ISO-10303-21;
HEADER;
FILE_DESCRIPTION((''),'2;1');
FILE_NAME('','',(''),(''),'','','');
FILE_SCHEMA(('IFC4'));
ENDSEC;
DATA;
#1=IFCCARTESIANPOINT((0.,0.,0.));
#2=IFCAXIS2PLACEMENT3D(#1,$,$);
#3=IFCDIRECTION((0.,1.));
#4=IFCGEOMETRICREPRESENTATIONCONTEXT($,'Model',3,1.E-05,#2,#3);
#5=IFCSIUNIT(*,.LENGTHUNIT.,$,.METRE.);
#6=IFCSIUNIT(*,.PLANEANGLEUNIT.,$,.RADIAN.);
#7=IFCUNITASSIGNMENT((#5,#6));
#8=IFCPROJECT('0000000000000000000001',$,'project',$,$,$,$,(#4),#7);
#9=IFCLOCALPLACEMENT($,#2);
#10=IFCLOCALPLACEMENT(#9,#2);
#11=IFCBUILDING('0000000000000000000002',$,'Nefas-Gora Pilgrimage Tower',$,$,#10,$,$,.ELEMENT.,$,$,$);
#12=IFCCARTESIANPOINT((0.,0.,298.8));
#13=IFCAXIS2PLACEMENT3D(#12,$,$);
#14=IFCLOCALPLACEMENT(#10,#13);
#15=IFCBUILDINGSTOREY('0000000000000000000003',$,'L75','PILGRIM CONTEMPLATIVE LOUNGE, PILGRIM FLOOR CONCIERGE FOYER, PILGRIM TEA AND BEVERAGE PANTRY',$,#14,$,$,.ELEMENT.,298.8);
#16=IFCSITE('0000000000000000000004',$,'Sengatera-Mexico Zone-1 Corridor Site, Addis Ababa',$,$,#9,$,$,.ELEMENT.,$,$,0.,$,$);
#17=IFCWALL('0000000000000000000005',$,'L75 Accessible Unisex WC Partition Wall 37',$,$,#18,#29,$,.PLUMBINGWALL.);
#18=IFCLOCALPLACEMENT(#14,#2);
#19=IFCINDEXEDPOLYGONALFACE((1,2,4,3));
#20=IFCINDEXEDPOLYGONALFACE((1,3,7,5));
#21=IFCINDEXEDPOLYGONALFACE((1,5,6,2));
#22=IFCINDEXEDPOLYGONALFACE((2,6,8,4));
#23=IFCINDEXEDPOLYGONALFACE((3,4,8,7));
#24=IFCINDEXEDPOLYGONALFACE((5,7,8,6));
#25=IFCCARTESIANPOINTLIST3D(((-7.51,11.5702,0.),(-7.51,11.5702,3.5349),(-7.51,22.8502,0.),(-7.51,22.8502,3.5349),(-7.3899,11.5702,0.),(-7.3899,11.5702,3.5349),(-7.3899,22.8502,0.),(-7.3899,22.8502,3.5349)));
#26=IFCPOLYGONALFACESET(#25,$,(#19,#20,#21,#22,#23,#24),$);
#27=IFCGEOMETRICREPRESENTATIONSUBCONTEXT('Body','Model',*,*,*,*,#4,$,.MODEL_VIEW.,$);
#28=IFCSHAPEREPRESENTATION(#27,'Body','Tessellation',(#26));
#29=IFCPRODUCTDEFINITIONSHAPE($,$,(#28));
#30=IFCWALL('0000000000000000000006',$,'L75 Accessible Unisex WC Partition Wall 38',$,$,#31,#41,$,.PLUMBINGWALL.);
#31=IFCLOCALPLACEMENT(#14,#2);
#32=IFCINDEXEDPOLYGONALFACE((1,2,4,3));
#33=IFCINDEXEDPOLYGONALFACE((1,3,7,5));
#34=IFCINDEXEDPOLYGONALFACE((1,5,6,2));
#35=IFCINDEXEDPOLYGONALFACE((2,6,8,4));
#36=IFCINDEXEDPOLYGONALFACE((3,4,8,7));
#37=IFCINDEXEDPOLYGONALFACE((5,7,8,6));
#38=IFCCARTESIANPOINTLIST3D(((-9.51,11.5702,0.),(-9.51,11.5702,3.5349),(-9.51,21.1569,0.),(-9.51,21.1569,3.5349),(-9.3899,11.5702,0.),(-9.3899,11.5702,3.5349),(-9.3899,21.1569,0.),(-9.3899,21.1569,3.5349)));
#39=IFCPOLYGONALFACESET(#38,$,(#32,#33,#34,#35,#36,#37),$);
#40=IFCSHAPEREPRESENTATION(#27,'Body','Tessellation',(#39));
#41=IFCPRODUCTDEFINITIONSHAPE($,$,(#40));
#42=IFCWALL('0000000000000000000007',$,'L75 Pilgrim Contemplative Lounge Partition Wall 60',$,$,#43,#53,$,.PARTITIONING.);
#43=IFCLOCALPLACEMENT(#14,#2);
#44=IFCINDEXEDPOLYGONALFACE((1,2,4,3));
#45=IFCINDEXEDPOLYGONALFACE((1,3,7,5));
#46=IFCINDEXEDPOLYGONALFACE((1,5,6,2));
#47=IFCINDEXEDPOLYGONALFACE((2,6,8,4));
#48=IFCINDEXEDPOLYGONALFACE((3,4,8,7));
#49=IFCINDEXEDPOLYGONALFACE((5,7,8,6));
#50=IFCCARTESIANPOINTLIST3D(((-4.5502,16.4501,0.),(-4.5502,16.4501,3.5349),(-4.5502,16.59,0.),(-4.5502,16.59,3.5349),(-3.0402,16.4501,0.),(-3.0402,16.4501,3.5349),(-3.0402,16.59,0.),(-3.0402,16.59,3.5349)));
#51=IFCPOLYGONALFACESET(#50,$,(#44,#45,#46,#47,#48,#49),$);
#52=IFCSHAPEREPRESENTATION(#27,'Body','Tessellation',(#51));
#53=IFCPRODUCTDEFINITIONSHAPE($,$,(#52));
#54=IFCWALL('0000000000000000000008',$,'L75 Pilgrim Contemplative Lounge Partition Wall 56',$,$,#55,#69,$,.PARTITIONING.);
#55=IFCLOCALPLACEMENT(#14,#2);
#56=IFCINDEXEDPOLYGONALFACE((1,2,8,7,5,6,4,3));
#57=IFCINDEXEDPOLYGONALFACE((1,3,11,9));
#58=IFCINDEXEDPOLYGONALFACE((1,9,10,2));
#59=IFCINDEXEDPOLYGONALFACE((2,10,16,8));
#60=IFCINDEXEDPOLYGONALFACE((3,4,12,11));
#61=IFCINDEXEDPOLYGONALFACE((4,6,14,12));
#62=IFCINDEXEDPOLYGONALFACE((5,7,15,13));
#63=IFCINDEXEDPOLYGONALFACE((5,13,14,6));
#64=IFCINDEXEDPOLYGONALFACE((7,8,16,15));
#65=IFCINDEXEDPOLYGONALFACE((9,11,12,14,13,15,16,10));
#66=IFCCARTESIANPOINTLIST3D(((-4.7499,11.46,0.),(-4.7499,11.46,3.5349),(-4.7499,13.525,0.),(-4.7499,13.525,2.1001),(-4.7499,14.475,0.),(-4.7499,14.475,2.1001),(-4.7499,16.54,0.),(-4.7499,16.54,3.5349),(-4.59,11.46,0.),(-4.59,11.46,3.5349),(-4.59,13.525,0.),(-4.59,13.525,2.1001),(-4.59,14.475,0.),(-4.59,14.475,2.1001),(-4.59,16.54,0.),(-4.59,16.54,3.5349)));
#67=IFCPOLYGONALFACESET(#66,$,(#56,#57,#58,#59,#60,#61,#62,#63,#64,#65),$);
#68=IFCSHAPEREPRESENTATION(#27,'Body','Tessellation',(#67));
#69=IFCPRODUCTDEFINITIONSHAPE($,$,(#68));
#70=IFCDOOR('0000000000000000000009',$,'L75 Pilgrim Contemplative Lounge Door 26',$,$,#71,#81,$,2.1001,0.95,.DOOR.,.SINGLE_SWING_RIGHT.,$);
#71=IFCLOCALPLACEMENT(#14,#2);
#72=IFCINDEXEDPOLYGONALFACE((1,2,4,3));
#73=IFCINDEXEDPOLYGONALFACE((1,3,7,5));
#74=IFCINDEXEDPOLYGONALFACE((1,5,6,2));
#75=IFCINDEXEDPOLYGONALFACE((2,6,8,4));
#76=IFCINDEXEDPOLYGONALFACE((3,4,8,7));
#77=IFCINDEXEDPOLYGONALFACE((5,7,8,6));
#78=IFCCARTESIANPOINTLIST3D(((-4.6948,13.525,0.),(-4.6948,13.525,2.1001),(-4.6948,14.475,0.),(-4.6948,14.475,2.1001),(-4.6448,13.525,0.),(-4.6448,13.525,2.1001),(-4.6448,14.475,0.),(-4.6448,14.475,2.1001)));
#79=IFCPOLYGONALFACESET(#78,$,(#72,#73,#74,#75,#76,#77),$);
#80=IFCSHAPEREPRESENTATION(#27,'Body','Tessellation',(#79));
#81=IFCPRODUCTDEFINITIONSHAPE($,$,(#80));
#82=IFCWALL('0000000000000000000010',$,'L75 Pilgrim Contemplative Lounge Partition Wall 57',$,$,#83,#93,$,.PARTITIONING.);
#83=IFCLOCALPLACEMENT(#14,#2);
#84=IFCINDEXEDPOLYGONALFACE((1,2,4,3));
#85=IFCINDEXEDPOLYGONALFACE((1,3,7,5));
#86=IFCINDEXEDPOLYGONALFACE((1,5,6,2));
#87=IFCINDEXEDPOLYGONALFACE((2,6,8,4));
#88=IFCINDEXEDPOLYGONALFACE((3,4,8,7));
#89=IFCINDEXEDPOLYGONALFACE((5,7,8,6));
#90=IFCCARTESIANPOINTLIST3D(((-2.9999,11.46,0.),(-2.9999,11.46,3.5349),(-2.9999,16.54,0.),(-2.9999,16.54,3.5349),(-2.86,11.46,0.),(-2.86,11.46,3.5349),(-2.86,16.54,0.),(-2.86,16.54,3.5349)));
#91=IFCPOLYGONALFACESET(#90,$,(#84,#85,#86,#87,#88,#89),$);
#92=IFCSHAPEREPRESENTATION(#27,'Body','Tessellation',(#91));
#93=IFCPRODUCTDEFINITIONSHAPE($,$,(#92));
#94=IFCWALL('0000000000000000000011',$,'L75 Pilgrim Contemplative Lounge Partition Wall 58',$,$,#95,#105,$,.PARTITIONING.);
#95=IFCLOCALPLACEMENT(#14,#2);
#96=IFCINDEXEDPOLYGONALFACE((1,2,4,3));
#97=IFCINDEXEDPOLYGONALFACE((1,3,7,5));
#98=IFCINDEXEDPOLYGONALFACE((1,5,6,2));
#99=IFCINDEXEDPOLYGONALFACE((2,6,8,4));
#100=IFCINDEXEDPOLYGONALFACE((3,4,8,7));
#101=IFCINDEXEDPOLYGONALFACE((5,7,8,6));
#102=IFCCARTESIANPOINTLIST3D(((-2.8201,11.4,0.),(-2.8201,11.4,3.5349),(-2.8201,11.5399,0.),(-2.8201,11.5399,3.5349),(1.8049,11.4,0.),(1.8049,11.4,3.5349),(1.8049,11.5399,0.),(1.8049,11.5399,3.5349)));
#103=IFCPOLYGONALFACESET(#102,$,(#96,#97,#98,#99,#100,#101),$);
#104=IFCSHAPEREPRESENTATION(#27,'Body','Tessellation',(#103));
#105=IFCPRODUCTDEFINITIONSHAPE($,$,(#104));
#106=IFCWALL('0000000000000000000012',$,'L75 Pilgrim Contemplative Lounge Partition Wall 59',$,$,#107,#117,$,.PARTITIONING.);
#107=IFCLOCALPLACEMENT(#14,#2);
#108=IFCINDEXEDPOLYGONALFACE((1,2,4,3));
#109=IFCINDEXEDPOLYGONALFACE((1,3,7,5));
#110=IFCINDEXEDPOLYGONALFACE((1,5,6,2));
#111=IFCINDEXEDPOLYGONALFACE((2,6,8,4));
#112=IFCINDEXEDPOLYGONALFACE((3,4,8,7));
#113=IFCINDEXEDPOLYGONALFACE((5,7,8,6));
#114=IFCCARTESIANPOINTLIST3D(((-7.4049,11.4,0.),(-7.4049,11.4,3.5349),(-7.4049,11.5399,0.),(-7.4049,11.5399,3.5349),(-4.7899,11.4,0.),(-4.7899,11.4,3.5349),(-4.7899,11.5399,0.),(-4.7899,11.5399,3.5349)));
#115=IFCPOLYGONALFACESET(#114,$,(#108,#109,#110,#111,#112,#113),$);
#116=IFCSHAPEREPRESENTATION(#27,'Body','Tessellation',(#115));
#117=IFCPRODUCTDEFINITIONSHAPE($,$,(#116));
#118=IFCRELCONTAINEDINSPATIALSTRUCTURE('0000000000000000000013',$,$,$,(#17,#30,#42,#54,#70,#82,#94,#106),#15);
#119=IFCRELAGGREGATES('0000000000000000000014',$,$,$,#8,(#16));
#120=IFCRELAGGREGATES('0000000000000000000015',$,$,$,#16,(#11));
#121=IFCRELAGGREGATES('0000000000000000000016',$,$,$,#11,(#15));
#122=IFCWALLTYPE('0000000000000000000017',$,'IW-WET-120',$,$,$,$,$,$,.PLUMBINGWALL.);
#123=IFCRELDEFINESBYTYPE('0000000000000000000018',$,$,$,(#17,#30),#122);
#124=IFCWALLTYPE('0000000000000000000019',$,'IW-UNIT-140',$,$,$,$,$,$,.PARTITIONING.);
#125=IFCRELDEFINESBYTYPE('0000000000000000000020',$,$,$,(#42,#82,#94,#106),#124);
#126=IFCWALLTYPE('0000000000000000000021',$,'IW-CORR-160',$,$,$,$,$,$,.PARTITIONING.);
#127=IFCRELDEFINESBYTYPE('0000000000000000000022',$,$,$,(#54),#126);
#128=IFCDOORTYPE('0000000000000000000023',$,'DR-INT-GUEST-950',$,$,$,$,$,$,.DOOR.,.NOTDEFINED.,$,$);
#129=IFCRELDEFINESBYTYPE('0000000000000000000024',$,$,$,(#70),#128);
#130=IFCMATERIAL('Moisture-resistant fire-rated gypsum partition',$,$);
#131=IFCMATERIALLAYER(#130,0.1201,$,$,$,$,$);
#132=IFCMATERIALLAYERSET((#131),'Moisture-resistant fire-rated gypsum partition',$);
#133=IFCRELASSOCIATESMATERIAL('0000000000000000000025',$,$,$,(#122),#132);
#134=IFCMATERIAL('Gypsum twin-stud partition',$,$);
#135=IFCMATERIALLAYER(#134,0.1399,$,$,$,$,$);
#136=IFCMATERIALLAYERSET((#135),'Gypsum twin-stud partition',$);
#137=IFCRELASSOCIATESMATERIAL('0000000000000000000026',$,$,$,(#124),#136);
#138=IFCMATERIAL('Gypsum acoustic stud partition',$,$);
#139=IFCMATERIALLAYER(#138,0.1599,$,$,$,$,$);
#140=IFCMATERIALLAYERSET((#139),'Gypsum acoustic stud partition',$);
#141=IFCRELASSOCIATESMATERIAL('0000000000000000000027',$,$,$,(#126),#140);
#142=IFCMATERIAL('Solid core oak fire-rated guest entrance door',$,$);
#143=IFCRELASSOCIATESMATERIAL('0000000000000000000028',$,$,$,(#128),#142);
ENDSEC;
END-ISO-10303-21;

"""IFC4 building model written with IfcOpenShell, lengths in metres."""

from ifc_helpers import new_model, si_unit, direction, frame, frame_2d, origin, place, context, subcontext, project, spatial, rectangle, extrude, source, transform, mapped, material, layer, layer_set, type_object, element, fill, save


model = new_model("IFC4")

# Units and contexts
model_context = context("Model", 3, precision=1e-05, world=origin(), true_north=direction((0.0, 1.0)))
body_context = subcontext(model_context, "Body", "Model", "MODEL_VIEW")
ifc_project = project(units=[si_unit("LENGTHUNIT", "METRE"), si_unit("PLANEANGLEUNIT", "RADIAN")], contexts=[model_context])

# Site, building, storey
site_placement = place(None, origin())
site = spatial("IfcSite", under=ifc_project, at=site_placement, Name="Sengatera-Mexico Zone-1 Corridor Site, Addis Ababa", CompositionType="ELEMENT", RefElevation=0.0)
building_placement = place(site_placement, origin())
building = spatial("IfcBuilding", under=site, at=building_placement, Name="Nefas-Gora Pilgrimage Tower", CompositionType="ELEMENT")
storey_placement = place(building_placement, frame((0.0, 0.0, 298.8)))
storey = spatial("IfcBuildingStorey", under=building, at=storey_placement, Name="L75", Description="PILGRIM CONTEMPLATIVE LOUNGE, PILGRIM FLOOR CONCIERGE FOYER, PILGRIM TEA AND BEVERAGE PANTRY", CompositionType="ELEMENT", Elevation=298.8)

# Shared definitions
ifc_material_1 = material(Name="Moisture-resistant fire-rated gypsum partition")
ifc_layer_1 = layer(ifc_material_1, 0.1201)
ifc_layer_set_1 = layer_set([ifc_layer_1], Name="Moisture-resistant fire-rated gypsum partition")
wall_type_1 = type_object("IfcWallType", Name="IW-WET-120", PredefinedType="PLUMBINGWALL", material=ifc_layer_set_1)

# Walls
shared_shape_1 = source(origin(), body_context, "Body", "SweptSolid", [
    extrude(rectangle(XDim=11.28, YDim=0.1201, at=frame_2d((5.6401, 0.0))), origin(), (0.0, 0.0, 1.0), 3.5349),
])
wall_1_placement = place(storey_placement, frame((-7.45, 11.5701, 0.0), z_axis=(0.0, 0.0, 1.0), x_axis=(0.0, 1.0, 0.0)))
element("IfcWall", 1, at=wall_1_placement, inside=storey, type_object=wall_type_1, Name="L75 Accessible Unisex WC Partition Wall 37", PredefinedType="PLUMBINGWALL", context=body_context, shape_type="MappedRepresentation", body=[
    mapped(shared_shape_1, transform((0.0, 0.0, 0.0), x_axis=(1.0, 0.0, 0.0), y_axis=(0.0, 1.0, 0.0), z_axis=(0.0, 0.0, 1.0), scale=1.0)),
])
shared_shape_2 = source(origin(), body_context, "Body", "SweptSolid", [
    extrude(rectangle(XDim=9.5867, YDim=0.1201, at=frame_2d((4.7935, 0.0))), origin(), (0.0, 0.0, 1.0), 3.5349),
])
wall_2_placement = place(storey_placement, frame((-9.45, 11.5701, 0.0), z_axis=(0.0, 0.0, 1.0), x_axis=(0.0, 1.0, 0.0)))
element("IfcWall", 2, at=wall_2_placement, inside=storey, type_object=wall_type_1, Name="L75 Accessible Unisex WC Partition Wall 38", PredefinedType="PLUMBINGWALL", context=body_context, shape_type="MappedRepresentation", body=[
    mapped(shared_shape_2, transform((0.0, 0.0, 0.0), x_axis=(1.0, 0.0, 0.0), y_axis=(0.0, 1.0, 0.0), z_axis=(0.0, 0.0, 1.0), scale=1.0)),
])
ifc_material_2 = material(Name="Gypsum twin-stud partition")
ifc_layer_2 = layer(ifc_material_2, 0.1399)
ifc_layer_set_2 = layer_set([ifc_layer_2], Name="Gypsum twin-stud partition")
wall_type_2 = type_object("IfcWallType", Name="IW-UNIT-140", PredefinedType="PARTITIONING", material=ifc_layer_set_2)
shared_shape_3 = source(origin(), body_context, "Body", "SweptSolid", [
    extrude(rectangle(XDim=1.51, YDim=0.1399, at=frame_2d((0.7549, 0.0))), origin(), (0.0, 0.0, 1.0), 3.5349),
])
wall_3_placement = place(storey_placement, frame((-4.55, 16.52, 0.0), z_axis=(0.0, 0.0, 1.0), x_axis=(1.0, 0.0, 0.0)))
element("IfcWall", 3, at=wall_3_placement, inside=storey, type_object=wall_type_2, Name="L75 Pilgrim Contemplative Lounge Partition Wall 60", PredefinedType="PARTITIONING", context=body_context, shape_type="MappedRepresentation", body=[
    mapped(shared_shape_3, transform((0.0, 0.0, 0.0), x_axis=(1.0, 0.0, 0.0), y_axis=(0.0, 1.0, 0.0), z_axis=(0.0, 0.0, 1.0), scale=1.0)),
])

# Wall, opening, door
ifc_material_3 = material(Name="Gypsum acoustic stud partition")
ifc_layer_3 = layer(ifc_material_3, 0.1599)
ifc_layer_set_3 = layer_set([ifc_layer_3], Name="Gypsum acoustic stud partition")
wall_type_3 = type_object("IfcWallType", Name="IW-CORR-160", PredefinedType="PARTITIONING", material=ifc_layer_set_3)
shared_shape_4 = source(origin(), body_context, "Body", "SweptSolid", [
    extrude(rectangle(XDim=5.0801, YDim=0.1599, at=frame_2d((2.54, 0.0))), origin(), (0.0, 0.0, 1.0), 3.5349),
])
wall_4_placement = place(storey_placement, frame((-4.6699, 11.46, 0.0), z_axis=(0.0, 0.0, 1.0), x_axis=(0.0, 1.0, 0.0)))
wall_4 = element("IfcWall", 4, at=wall_4_placement, inside=storey, type_object=wall_type_3, Name="L75 Pilgrim Contemplative Lounge Partition Wall 56", PredefinedType="PARTITIONING", context=body_context, shape_type="MappedRepresentation", body=[
    mapped(shared_shape_4, transform((0.0, 0.0, 0.0), x_axis=(1.0, 0.0, 0.0), y_axis=(0.0, 1.0, 0.0), z_axis=(0.0, 0.0, 1.0), scale=1.0)),
])
opening_1_placement = place(wall_4_placement, frame((2.0649, 0.0, 0.0)))
opening_1 = element("IfcOpeningElement", 5, at=opening_1_placement, cuts=wall_4, PredefinedType="OPENING", context=body_context, shape_type="SweptSolid", body=[
    extrude(rectangle(XDim=0.95, YDim=2.1001, at=frame_2d((0.4751, 1.05))), frame((0.0, 0.0898, 0.0), z_axis=(0.0, -1.0, 0.0), x_axis=(1.0, 0.0, 0.0)), (0.0, 0.0, 1.0), 0.1799),
])
ifc_material_4 = material(Name="Solid core oak fire-rated guest entrance door")
door_type_1 = type_object("IfcDoorType", Name="DR-INT-GUEST-950", OperationType="NOTDEFINED", PredefinedType="DOOR", material=ifc_material_4)
shared_shape_5 = source(origin(), body_context, "Body", "SweptSolid", [
    extrude(rectangle(XDim=0.95, YDim=2.1001, at=frame_2d((0.4751, 1.05))), frame((0.0, 0.0249, 0.0), z_axis=(0.0, -1.0, 0.0), x_axis=(1.0, 0.0, 0.0)), (0.0, 0.0, 1.0), 0.05),
])
door_1_placement = place(opening_1_placement, origin())
door_1 = element("IfcDoor", 6, at=door_1_placement, inside=storey, type_object=door_type_1, Name="L75 Pilgrim Contemplative Lounge Door 26", OperationType="SINGLE_SWING_RIGHT", OverallHeight=2.1001, OverallWidth=0.95, PredefinedType="DOOR", context=body_context, shape_type="MappedRepresentation", body=[
    mapped(shared_shape_5, transform((0.0, 0.0, 0.0), x_axis=(1.0, 0.0, 0.0), y_axis=(0.0, 1.0, 0.0), z_axis=(0.0, 0.0, 1.0), scale=1.0)),
])
fill(opening_1, door_1)

# Walls
shared_shape_6 = source(origin(), body_context, "Body", "SweptSolid", [
    extrude(rectangle(XDim=5.0801, YDim=0.1399, at=frame_2d((2.54, 0.0))), origin(), (0.0, 0.0, 1.0), 3.5349),
])
wall_5_placement = place(storey_placement, frame((-2.9299, 11.46, 0.0), z_axis=(0.0, 0.0, 1.0), x_axis=(0.0, 1.0, 0.0)))
element("IfcWall", 7, at=wall_5_placement, inside=storey, type_object=wall_type_2, Name="L75 Pilgrim Contemplative Lounge Partition Wall 57", PredefinedType="PARTITIONING", context=body_context, shape_type="MappedRepresentation", body=[
    mapped(shared_shape_6, transform((0.0, 0.0, 0.0), x_axis=(1.0, 0.0, 0.0), y_axis=(0.0, 1.0, 0.0), z_axis=(0.0, 0.0, 1.0), scale=1.0)),
])
shared_shape_7 = source(origin(), body_context, "Body", "SweptSolid", [
    extrude(rectangle(XDim=4.625, YDim=0.1399, at=frame_2d((2.3125, 0.0))), origin(), (0.0, 0.0, 1.0), 3.5349),
])
wall_6_placement = place(storey_placement, frame((-2.8201, 11.47, 0.0), z_axis=(0.0, 0.0, 1.0), x_axis=(1.0, 0.0, 0.0)))
element("IfcWall", 8, at=wall_6_placement, inside=storey, type_object=wall_type_2, Name="L75 Pilgrim Contemplative Lounge Partition Wall 58", PredefinedType="PARTITIONING", context=body_context, shape_type="MappedRepresentation", body=[
    mapped(shared_shape_7, transform((0.0, 0.0, 0.0), x_axis=(1.0, 0.0, 0.0), y_axis=(0.0, 1.0, 0.0), z_axis=(0.0, 0.0, 1.0), scale=1.0)),
])
shared_shape_8 = source(origin(), body_context, "Body", "SweptSolid", [
    extrude(rectangle(XDim=2.615, YDim=0.1399, at=frame_2d((1.3076, 0.0))), origin(), (0.0, 0.0, 1.0), 3.5349),
])
wall_7_placement = place(storey_placement, frame((-7.405, 11.47, 0.0), z_axis=(0.0, 0.0, 1.0), x_axis=(1.0, 0.0, 0.0)))
element("IfcWall", 9, at=wall_7_placement, inside=storey, type_object=wall_type_2, Name="L75 Pilgrim Contemplative Lounge Partition Wall 59", PredefinedType="PARTITIONING", context=body_context, shape_type="MappedRepresentation", body=[
    mapped(shared_shape_8, transform((0.0, 0.0, 0.0), x_axis=(1.0, 0.0, 0.0), y_axis=(0.0, 1.0, 0.0), z_axis=(0.0, 0.0, 1.0), scale=1.0)),
])

save(model, "model.ifc")
